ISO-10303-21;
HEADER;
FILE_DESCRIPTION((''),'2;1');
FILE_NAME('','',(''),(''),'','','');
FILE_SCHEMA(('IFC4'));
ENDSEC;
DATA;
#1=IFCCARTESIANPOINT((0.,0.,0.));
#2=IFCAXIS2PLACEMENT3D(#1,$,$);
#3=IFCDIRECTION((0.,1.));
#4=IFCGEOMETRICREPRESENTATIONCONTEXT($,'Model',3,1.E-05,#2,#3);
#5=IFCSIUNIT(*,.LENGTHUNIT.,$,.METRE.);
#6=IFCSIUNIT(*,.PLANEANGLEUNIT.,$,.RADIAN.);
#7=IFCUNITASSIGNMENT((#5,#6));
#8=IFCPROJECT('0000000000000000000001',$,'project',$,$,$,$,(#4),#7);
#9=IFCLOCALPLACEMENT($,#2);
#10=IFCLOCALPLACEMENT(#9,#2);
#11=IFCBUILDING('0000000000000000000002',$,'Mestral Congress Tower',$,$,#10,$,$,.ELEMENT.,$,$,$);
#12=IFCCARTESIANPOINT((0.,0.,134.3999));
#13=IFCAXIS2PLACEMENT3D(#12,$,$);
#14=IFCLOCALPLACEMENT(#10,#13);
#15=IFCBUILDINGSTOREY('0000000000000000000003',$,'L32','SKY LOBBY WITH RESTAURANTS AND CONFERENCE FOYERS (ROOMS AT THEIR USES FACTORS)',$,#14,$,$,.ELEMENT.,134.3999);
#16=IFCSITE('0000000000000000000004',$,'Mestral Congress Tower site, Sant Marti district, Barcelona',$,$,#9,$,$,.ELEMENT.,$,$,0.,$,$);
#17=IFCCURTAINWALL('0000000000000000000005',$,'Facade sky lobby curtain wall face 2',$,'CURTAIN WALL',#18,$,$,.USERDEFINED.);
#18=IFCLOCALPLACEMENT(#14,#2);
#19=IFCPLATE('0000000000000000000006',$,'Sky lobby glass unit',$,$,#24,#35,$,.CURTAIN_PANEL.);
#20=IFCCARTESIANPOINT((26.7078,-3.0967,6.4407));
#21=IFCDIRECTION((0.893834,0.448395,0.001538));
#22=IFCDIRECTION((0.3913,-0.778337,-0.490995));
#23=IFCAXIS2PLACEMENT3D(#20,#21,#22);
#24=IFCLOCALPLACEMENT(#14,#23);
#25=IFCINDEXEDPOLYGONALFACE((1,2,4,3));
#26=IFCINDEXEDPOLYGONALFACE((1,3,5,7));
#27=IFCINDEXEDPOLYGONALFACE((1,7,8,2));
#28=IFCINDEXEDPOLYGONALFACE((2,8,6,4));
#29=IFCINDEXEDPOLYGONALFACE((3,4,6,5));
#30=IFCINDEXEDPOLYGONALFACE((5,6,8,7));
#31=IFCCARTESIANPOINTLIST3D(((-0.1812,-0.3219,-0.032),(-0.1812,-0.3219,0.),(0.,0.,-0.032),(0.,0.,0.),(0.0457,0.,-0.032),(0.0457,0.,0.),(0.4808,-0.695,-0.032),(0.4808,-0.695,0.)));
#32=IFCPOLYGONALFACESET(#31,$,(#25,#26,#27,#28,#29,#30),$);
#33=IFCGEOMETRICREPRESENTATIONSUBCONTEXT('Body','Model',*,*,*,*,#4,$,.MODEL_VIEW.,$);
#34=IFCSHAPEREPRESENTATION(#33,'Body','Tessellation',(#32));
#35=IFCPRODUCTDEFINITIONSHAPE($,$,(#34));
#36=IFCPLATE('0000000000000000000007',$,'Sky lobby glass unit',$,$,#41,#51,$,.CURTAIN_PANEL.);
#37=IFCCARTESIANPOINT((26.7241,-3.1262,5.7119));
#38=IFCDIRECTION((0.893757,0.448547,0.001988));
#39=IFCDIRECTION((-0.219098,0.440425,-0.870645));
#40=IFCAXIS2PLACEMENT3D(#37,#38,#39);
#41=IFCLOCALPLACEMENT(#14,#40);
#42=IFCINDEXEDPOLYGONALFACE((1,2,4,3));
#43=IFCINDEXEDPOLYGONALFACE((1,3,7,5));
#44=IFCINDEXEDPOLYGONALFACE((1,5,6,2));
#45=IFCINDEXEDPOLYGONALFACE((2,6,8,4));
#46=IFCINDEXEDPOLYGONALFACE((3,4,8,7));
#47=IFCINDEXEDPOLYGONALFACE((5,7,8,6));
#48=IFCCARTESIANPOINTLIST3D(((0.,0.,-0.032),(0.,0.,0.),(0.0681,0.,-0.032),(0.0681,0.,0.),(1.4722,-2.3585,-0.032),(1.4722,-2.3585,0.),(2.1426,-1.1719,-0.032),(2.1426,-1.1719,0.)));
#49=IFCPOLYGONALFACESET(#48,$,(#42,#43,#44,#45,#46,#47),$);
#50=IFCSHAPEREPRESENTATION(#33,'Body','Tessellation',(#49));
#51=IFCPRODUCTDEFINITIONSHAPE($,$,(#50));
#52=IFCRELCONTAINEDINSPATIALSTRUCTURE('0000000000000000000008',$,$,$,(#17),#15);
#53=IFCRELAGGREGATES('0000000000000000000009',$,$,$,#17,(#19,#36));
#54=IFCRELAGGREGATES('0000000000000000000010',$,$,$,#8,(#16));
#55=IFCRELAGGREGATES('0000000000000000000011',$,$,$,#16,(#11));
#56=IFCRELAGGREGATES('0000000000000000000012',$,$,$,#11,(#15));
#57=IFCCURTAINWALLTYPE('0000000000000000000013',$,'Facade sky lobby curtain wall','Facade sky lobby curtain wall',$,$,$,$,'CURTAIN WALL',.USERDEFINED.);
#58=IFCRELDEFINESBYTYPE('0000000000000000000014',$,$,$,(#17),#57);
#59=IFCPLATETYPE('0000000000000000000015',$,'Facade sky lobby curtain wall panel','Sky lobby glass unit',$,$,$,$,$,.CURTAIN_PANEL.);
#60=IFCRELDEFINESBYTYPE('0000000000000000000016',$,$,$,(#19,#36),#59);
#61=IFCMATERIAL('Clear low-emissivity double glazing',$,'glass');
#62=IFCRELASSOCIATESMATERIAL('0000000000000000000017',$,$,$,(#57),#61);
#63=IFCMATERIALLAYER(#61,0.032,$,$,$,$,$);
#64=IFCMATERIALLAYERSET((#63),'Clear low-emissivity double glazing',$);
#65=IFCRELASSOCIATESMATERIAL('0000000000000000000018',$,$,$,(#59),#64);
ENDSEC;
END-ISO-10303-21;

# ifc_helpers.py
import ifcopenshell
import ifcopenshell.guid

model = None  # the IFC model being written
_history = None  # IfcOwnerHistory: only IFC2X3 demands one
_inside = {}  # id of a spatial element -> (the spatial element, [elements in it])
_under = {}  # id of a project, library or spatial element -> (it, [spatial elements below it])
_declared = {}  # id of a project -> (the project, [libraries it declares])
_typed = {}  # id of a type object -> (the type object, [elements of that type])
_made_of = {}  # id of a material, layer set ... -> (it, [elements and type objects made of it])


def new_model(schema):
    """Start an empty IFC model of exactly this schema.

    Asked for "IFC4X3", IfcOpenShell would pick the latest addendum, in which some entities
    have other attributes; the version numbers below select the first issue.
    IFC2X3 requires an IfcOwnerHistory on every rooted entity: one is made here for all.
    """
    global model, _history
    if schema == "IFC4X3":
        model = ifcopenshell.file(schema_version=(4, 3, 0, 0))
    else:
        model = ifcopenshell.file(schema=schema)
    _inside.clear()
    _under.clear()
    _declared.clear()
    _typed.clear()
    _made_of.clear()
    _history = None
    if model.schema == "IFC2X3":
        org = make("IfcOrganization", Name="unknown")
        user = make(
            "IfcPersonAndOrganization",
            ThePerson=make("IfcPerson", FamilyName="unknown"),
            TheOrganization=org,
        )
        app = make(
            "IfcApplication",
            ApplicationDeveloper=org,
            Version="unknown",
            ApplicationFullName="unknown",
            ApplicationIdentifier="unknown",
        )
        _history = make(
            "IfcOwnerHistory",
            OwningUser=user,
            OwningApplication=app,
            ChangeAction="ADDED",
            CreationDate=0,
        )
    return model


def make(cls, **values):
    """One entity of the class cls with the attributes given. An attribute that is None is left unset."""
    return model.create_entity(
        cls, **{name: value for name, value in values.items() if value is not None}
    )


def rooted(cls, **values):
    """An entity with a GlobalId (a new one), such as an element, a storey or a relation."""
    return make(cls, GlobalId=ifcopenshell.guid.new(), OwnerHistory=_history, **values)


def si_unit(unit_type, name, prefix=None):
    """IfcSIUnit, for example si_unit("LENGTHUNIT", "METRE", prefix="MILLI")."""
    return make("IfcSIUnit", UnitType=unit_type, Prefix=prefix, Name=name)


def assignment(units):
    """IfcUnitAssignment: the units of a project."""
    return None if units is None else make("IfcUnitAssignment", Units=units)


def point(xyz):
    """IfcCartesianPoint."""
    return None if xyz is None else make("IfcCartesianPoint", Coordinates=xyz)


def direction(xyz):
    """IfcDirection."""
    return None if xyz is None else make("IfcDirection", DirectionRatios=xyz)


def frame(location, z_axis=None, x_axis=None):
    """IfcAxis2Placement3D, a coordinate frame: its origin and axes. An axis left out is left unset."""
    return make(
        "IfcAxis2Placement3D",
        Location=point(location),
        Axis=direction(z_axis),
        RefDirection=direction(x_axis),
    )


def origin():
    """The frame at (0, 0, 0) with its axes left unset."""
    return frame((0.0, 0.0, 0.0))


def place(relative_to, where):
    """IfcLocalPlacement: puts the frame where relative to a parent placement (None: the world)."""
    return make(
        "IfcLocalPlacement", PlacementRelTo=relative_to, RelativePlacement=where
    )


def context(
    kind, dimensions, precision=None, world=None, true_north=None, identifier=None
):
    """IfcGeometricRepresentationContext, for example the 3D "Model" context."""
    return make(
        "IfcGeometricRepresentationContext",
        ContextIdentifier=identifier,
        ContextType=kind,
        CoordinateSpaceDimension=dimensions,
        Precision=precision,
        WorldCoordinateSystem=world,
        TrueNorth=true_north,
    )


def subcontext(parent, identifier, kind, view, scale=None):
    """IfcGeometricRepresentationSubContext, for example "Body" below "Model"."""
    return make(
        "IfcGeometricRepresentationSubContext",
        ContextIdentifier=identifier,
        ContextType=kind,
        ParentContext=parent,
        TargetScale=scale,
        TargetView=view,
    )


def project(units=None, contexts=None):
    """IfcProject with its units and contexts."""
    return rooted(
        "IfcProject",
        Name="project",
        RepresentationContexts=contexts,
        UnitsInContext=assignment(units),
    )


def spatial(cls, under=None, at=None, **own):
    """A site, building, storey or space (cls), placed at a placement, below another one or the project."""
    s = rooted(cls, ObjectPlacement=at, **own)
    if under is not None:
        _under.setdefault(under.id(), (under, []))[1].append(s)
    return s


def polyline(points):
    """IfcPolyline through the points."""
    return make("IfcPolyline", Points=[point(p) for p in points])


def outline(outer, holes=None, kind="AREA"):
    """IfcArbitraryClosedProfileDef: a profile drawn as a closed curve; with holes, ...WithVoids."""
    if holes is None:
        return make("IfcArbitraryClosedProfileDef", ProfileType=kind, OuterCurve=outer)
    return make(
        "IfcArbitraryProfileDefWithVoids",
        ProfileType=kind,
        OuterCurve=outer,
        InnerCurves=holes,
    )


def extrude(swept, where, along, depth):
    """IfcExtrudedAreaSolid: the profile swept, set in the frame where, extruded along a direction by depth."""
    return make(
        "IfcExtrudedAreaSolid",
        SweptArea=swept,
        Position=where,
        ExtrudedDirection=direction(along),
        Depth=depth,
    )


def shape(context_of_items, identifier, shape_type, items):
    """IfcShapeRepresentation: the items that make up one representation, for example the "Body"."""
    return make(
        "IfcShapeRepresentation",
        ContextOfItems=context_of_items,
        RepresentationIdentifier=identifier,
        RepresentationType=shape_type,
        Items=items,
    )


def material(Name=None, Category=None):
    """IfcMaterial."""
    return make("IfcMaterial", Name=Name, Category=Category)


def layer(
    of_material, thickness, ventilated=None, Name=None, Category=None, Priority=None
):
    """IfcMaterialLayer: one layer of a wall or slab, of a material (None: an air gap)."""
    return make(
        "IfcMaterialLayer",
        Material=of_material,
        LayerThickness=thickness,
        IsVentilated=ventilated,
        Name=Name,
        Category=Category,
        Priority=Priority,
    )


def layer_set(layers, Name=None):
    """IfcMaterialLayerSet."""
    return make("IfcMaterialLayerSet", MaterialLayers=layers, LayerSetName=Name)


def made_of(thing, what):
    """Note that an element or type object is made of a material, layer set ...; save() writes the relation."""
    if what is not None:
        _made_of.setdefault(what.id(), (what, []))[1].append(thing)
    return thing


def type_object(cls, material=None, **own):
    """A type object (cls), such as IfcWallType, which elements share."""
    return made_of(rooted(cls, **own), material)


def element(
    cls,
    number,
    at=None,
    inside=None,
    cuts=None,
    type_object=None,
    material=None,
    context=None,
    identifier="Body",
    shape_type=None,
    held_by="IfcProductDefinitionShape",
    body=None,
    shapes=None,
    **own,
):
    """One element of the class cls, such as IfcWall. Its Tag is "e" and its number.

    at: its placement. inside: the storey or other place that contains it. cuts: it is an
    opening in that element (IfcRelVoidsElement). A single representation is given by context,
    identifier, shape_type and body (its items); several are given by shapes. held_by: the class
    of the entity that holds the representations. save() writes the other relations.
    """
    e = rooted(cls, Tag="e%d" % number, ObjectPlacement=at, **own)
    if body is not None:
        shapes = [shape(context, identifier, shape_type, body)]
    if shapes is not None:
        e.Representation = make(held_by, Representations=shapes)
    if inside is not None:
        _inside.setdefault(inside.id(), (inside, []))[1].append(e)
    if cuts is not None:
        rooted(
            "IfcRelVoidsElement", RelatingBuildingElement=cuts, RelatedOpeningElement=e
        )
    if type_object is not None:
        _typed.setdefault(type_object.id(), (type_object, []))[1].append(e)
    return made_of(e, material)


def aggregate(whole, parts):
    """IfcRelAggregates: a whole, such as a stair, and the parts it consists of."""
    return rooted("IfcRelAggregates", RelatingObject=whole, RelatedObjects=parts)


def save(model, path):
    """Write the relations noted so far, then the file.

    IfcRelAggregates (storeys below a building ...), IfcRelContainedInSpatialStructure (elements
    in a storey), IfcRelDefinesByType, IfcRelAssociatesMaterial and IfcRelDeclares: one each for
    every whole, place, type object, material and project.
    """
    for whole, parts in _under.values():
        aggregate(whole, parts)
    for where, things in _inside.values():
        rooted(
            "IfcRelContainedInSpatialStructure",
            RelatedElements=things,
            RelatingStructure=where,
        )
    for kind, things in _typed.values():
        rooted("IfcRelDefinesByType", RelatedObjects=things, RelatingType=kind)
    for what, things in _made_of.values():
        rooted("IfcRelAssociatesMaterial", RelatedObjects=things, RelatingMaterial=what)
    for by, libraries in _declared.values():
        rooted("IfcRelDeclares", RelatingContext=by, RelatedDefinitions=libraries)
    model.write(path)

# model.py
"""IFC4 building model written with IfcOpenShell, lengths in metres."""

from ifc_helpers import new_model, si_unit, direction, frame, origin, place, context, subcontext, project, spatial, polyline, outline, extrude, material, layer, layer_set, type_object, element, aggregate, save


model = new_model("IFC4")

# Units and contexts
model_context = context("Model", 3, precision=1e-05, world=origin(), true_north=direction((0.0, 1.0)))
body_context = subcontext(model_context, "Body", "Model", "MODEL_VIEW")
ifc_project = project(units=[si_unit("LENGTHUNIT", "METRE"), si_unit("PLANEANGLEUNIT", "RADIAN")], contexts=[model_context])

# Site, building, storey
site_placement = place(None, origin())
site = spatial("IfcSite", under=ifc_project, at=site_placement, Name="Mestral Congress Tower site, Sant Marti district, Barcelona", CompositionType="ELEMENT", RefElevation=0.0)
building_placement = place(site_placement, origin())
building = spatial("IfcBuilding", under=site, at=building_placement, Name="Mestral Congress Tower", CompositionType="ELEMENT")
storey_placement = place(building_placement, frame((0.0, 0.0, 134.3999)))
storey = spatial("IfcBuildingStorey", under=building, at=storey_placement, Name="L32", Description="SKY LOBBY WITH RESTAURANTS AND CONFERENCE FOYERS (ROOMS AT THEIR USES FACTORS)", CompositionType="ELEMENT", Elevation=134.3999)

# Curtain wall
ifc_material_1 = material(Name="Clear low-emissivity double glazing", Category="glass")
curtain_wall_type = type_object("IfcCurtainWallType", Name="Facade sky lobby curtain wall", Description="Facade sky lobby curtain wall", ElementType="CURTAIN WALL", PredefinedType="USERDEFINED", material=ifc_material_1)
curtain_wall_placement = place(storey_placement, origin())
curtain_wall = element("IfcCurtainWall", 1, at=curtain_wall_placement, inside=storey, type_object=curtain_wall_type, Name="Facade sky lobby curtain wall face 2", ObjectType="CURTAIN WALL", PredefinedType="USERDEFINED")

# Plates
ifc_layer_1 = layer(ifc_material_1, 0.032)
ifc_layer_set_1 = layer_set([ifc_layer_1], Name="Clear low-emissivity double glazing")
plate_type_1 = type_object("IfcPlateType", Name="Facade sky lobby curtain wall panel", Description="Sky lobby glass unit", PredefinedType="CURTAIN_PANEL", material=ifc_layer_set_1)
plate_1_placement = place(storey_placement, frame((26.7078, -3.0967, 6.4407), z_axis=(0.893834, 0.448395, 0.001538), x_axis=(0.3913, -0.778337, -0.490995)))
plate_1 = element("IfcPlate", 2, at=plate_1_placement, type_object=plate_type_1, Name="Sky lobby glass unit", PredefinedType="CURTAIN_PANEL", context=body_context, shape_type="SweptSolid", body=[
    extrude(outline(polyline([(0.0, 0.0), (0.0457, 0.0), (0.4808, -0.695), (-0.1812, -0.3219), (0.0, 0.0)])), origin(), (0.0, 0.0, -1.0), 0.032),
])
plate_2_placement = place(storey_placement, frame((26.7241, -3.1262, 5.7119), z_axis=(0.893757, 0.448547, 0.001988), x_axis=(-0.219098, 0.440425, -0.870645)))
plate_2 = element("IfcPlate", 3, at=plate_2_placement, type_object=plate_type_1, Name="Sky lobby glass unit", PredefinedType="CURTAIN_PANEL", context=body_context, shape_type="SweptSolid", body=[
    extrude(outline(polyline([(0.0, 0.0), (0.0681, 0.0), (2.1426, -1.1719), (1.4722, -2.3585), (0.0, 0.0)])), origin(), (0.0, 0.0, -1.0), 0.032),
])
aggregate(curtain_wall, [plate_1, plate_2])

save(model, "model.ifc")
